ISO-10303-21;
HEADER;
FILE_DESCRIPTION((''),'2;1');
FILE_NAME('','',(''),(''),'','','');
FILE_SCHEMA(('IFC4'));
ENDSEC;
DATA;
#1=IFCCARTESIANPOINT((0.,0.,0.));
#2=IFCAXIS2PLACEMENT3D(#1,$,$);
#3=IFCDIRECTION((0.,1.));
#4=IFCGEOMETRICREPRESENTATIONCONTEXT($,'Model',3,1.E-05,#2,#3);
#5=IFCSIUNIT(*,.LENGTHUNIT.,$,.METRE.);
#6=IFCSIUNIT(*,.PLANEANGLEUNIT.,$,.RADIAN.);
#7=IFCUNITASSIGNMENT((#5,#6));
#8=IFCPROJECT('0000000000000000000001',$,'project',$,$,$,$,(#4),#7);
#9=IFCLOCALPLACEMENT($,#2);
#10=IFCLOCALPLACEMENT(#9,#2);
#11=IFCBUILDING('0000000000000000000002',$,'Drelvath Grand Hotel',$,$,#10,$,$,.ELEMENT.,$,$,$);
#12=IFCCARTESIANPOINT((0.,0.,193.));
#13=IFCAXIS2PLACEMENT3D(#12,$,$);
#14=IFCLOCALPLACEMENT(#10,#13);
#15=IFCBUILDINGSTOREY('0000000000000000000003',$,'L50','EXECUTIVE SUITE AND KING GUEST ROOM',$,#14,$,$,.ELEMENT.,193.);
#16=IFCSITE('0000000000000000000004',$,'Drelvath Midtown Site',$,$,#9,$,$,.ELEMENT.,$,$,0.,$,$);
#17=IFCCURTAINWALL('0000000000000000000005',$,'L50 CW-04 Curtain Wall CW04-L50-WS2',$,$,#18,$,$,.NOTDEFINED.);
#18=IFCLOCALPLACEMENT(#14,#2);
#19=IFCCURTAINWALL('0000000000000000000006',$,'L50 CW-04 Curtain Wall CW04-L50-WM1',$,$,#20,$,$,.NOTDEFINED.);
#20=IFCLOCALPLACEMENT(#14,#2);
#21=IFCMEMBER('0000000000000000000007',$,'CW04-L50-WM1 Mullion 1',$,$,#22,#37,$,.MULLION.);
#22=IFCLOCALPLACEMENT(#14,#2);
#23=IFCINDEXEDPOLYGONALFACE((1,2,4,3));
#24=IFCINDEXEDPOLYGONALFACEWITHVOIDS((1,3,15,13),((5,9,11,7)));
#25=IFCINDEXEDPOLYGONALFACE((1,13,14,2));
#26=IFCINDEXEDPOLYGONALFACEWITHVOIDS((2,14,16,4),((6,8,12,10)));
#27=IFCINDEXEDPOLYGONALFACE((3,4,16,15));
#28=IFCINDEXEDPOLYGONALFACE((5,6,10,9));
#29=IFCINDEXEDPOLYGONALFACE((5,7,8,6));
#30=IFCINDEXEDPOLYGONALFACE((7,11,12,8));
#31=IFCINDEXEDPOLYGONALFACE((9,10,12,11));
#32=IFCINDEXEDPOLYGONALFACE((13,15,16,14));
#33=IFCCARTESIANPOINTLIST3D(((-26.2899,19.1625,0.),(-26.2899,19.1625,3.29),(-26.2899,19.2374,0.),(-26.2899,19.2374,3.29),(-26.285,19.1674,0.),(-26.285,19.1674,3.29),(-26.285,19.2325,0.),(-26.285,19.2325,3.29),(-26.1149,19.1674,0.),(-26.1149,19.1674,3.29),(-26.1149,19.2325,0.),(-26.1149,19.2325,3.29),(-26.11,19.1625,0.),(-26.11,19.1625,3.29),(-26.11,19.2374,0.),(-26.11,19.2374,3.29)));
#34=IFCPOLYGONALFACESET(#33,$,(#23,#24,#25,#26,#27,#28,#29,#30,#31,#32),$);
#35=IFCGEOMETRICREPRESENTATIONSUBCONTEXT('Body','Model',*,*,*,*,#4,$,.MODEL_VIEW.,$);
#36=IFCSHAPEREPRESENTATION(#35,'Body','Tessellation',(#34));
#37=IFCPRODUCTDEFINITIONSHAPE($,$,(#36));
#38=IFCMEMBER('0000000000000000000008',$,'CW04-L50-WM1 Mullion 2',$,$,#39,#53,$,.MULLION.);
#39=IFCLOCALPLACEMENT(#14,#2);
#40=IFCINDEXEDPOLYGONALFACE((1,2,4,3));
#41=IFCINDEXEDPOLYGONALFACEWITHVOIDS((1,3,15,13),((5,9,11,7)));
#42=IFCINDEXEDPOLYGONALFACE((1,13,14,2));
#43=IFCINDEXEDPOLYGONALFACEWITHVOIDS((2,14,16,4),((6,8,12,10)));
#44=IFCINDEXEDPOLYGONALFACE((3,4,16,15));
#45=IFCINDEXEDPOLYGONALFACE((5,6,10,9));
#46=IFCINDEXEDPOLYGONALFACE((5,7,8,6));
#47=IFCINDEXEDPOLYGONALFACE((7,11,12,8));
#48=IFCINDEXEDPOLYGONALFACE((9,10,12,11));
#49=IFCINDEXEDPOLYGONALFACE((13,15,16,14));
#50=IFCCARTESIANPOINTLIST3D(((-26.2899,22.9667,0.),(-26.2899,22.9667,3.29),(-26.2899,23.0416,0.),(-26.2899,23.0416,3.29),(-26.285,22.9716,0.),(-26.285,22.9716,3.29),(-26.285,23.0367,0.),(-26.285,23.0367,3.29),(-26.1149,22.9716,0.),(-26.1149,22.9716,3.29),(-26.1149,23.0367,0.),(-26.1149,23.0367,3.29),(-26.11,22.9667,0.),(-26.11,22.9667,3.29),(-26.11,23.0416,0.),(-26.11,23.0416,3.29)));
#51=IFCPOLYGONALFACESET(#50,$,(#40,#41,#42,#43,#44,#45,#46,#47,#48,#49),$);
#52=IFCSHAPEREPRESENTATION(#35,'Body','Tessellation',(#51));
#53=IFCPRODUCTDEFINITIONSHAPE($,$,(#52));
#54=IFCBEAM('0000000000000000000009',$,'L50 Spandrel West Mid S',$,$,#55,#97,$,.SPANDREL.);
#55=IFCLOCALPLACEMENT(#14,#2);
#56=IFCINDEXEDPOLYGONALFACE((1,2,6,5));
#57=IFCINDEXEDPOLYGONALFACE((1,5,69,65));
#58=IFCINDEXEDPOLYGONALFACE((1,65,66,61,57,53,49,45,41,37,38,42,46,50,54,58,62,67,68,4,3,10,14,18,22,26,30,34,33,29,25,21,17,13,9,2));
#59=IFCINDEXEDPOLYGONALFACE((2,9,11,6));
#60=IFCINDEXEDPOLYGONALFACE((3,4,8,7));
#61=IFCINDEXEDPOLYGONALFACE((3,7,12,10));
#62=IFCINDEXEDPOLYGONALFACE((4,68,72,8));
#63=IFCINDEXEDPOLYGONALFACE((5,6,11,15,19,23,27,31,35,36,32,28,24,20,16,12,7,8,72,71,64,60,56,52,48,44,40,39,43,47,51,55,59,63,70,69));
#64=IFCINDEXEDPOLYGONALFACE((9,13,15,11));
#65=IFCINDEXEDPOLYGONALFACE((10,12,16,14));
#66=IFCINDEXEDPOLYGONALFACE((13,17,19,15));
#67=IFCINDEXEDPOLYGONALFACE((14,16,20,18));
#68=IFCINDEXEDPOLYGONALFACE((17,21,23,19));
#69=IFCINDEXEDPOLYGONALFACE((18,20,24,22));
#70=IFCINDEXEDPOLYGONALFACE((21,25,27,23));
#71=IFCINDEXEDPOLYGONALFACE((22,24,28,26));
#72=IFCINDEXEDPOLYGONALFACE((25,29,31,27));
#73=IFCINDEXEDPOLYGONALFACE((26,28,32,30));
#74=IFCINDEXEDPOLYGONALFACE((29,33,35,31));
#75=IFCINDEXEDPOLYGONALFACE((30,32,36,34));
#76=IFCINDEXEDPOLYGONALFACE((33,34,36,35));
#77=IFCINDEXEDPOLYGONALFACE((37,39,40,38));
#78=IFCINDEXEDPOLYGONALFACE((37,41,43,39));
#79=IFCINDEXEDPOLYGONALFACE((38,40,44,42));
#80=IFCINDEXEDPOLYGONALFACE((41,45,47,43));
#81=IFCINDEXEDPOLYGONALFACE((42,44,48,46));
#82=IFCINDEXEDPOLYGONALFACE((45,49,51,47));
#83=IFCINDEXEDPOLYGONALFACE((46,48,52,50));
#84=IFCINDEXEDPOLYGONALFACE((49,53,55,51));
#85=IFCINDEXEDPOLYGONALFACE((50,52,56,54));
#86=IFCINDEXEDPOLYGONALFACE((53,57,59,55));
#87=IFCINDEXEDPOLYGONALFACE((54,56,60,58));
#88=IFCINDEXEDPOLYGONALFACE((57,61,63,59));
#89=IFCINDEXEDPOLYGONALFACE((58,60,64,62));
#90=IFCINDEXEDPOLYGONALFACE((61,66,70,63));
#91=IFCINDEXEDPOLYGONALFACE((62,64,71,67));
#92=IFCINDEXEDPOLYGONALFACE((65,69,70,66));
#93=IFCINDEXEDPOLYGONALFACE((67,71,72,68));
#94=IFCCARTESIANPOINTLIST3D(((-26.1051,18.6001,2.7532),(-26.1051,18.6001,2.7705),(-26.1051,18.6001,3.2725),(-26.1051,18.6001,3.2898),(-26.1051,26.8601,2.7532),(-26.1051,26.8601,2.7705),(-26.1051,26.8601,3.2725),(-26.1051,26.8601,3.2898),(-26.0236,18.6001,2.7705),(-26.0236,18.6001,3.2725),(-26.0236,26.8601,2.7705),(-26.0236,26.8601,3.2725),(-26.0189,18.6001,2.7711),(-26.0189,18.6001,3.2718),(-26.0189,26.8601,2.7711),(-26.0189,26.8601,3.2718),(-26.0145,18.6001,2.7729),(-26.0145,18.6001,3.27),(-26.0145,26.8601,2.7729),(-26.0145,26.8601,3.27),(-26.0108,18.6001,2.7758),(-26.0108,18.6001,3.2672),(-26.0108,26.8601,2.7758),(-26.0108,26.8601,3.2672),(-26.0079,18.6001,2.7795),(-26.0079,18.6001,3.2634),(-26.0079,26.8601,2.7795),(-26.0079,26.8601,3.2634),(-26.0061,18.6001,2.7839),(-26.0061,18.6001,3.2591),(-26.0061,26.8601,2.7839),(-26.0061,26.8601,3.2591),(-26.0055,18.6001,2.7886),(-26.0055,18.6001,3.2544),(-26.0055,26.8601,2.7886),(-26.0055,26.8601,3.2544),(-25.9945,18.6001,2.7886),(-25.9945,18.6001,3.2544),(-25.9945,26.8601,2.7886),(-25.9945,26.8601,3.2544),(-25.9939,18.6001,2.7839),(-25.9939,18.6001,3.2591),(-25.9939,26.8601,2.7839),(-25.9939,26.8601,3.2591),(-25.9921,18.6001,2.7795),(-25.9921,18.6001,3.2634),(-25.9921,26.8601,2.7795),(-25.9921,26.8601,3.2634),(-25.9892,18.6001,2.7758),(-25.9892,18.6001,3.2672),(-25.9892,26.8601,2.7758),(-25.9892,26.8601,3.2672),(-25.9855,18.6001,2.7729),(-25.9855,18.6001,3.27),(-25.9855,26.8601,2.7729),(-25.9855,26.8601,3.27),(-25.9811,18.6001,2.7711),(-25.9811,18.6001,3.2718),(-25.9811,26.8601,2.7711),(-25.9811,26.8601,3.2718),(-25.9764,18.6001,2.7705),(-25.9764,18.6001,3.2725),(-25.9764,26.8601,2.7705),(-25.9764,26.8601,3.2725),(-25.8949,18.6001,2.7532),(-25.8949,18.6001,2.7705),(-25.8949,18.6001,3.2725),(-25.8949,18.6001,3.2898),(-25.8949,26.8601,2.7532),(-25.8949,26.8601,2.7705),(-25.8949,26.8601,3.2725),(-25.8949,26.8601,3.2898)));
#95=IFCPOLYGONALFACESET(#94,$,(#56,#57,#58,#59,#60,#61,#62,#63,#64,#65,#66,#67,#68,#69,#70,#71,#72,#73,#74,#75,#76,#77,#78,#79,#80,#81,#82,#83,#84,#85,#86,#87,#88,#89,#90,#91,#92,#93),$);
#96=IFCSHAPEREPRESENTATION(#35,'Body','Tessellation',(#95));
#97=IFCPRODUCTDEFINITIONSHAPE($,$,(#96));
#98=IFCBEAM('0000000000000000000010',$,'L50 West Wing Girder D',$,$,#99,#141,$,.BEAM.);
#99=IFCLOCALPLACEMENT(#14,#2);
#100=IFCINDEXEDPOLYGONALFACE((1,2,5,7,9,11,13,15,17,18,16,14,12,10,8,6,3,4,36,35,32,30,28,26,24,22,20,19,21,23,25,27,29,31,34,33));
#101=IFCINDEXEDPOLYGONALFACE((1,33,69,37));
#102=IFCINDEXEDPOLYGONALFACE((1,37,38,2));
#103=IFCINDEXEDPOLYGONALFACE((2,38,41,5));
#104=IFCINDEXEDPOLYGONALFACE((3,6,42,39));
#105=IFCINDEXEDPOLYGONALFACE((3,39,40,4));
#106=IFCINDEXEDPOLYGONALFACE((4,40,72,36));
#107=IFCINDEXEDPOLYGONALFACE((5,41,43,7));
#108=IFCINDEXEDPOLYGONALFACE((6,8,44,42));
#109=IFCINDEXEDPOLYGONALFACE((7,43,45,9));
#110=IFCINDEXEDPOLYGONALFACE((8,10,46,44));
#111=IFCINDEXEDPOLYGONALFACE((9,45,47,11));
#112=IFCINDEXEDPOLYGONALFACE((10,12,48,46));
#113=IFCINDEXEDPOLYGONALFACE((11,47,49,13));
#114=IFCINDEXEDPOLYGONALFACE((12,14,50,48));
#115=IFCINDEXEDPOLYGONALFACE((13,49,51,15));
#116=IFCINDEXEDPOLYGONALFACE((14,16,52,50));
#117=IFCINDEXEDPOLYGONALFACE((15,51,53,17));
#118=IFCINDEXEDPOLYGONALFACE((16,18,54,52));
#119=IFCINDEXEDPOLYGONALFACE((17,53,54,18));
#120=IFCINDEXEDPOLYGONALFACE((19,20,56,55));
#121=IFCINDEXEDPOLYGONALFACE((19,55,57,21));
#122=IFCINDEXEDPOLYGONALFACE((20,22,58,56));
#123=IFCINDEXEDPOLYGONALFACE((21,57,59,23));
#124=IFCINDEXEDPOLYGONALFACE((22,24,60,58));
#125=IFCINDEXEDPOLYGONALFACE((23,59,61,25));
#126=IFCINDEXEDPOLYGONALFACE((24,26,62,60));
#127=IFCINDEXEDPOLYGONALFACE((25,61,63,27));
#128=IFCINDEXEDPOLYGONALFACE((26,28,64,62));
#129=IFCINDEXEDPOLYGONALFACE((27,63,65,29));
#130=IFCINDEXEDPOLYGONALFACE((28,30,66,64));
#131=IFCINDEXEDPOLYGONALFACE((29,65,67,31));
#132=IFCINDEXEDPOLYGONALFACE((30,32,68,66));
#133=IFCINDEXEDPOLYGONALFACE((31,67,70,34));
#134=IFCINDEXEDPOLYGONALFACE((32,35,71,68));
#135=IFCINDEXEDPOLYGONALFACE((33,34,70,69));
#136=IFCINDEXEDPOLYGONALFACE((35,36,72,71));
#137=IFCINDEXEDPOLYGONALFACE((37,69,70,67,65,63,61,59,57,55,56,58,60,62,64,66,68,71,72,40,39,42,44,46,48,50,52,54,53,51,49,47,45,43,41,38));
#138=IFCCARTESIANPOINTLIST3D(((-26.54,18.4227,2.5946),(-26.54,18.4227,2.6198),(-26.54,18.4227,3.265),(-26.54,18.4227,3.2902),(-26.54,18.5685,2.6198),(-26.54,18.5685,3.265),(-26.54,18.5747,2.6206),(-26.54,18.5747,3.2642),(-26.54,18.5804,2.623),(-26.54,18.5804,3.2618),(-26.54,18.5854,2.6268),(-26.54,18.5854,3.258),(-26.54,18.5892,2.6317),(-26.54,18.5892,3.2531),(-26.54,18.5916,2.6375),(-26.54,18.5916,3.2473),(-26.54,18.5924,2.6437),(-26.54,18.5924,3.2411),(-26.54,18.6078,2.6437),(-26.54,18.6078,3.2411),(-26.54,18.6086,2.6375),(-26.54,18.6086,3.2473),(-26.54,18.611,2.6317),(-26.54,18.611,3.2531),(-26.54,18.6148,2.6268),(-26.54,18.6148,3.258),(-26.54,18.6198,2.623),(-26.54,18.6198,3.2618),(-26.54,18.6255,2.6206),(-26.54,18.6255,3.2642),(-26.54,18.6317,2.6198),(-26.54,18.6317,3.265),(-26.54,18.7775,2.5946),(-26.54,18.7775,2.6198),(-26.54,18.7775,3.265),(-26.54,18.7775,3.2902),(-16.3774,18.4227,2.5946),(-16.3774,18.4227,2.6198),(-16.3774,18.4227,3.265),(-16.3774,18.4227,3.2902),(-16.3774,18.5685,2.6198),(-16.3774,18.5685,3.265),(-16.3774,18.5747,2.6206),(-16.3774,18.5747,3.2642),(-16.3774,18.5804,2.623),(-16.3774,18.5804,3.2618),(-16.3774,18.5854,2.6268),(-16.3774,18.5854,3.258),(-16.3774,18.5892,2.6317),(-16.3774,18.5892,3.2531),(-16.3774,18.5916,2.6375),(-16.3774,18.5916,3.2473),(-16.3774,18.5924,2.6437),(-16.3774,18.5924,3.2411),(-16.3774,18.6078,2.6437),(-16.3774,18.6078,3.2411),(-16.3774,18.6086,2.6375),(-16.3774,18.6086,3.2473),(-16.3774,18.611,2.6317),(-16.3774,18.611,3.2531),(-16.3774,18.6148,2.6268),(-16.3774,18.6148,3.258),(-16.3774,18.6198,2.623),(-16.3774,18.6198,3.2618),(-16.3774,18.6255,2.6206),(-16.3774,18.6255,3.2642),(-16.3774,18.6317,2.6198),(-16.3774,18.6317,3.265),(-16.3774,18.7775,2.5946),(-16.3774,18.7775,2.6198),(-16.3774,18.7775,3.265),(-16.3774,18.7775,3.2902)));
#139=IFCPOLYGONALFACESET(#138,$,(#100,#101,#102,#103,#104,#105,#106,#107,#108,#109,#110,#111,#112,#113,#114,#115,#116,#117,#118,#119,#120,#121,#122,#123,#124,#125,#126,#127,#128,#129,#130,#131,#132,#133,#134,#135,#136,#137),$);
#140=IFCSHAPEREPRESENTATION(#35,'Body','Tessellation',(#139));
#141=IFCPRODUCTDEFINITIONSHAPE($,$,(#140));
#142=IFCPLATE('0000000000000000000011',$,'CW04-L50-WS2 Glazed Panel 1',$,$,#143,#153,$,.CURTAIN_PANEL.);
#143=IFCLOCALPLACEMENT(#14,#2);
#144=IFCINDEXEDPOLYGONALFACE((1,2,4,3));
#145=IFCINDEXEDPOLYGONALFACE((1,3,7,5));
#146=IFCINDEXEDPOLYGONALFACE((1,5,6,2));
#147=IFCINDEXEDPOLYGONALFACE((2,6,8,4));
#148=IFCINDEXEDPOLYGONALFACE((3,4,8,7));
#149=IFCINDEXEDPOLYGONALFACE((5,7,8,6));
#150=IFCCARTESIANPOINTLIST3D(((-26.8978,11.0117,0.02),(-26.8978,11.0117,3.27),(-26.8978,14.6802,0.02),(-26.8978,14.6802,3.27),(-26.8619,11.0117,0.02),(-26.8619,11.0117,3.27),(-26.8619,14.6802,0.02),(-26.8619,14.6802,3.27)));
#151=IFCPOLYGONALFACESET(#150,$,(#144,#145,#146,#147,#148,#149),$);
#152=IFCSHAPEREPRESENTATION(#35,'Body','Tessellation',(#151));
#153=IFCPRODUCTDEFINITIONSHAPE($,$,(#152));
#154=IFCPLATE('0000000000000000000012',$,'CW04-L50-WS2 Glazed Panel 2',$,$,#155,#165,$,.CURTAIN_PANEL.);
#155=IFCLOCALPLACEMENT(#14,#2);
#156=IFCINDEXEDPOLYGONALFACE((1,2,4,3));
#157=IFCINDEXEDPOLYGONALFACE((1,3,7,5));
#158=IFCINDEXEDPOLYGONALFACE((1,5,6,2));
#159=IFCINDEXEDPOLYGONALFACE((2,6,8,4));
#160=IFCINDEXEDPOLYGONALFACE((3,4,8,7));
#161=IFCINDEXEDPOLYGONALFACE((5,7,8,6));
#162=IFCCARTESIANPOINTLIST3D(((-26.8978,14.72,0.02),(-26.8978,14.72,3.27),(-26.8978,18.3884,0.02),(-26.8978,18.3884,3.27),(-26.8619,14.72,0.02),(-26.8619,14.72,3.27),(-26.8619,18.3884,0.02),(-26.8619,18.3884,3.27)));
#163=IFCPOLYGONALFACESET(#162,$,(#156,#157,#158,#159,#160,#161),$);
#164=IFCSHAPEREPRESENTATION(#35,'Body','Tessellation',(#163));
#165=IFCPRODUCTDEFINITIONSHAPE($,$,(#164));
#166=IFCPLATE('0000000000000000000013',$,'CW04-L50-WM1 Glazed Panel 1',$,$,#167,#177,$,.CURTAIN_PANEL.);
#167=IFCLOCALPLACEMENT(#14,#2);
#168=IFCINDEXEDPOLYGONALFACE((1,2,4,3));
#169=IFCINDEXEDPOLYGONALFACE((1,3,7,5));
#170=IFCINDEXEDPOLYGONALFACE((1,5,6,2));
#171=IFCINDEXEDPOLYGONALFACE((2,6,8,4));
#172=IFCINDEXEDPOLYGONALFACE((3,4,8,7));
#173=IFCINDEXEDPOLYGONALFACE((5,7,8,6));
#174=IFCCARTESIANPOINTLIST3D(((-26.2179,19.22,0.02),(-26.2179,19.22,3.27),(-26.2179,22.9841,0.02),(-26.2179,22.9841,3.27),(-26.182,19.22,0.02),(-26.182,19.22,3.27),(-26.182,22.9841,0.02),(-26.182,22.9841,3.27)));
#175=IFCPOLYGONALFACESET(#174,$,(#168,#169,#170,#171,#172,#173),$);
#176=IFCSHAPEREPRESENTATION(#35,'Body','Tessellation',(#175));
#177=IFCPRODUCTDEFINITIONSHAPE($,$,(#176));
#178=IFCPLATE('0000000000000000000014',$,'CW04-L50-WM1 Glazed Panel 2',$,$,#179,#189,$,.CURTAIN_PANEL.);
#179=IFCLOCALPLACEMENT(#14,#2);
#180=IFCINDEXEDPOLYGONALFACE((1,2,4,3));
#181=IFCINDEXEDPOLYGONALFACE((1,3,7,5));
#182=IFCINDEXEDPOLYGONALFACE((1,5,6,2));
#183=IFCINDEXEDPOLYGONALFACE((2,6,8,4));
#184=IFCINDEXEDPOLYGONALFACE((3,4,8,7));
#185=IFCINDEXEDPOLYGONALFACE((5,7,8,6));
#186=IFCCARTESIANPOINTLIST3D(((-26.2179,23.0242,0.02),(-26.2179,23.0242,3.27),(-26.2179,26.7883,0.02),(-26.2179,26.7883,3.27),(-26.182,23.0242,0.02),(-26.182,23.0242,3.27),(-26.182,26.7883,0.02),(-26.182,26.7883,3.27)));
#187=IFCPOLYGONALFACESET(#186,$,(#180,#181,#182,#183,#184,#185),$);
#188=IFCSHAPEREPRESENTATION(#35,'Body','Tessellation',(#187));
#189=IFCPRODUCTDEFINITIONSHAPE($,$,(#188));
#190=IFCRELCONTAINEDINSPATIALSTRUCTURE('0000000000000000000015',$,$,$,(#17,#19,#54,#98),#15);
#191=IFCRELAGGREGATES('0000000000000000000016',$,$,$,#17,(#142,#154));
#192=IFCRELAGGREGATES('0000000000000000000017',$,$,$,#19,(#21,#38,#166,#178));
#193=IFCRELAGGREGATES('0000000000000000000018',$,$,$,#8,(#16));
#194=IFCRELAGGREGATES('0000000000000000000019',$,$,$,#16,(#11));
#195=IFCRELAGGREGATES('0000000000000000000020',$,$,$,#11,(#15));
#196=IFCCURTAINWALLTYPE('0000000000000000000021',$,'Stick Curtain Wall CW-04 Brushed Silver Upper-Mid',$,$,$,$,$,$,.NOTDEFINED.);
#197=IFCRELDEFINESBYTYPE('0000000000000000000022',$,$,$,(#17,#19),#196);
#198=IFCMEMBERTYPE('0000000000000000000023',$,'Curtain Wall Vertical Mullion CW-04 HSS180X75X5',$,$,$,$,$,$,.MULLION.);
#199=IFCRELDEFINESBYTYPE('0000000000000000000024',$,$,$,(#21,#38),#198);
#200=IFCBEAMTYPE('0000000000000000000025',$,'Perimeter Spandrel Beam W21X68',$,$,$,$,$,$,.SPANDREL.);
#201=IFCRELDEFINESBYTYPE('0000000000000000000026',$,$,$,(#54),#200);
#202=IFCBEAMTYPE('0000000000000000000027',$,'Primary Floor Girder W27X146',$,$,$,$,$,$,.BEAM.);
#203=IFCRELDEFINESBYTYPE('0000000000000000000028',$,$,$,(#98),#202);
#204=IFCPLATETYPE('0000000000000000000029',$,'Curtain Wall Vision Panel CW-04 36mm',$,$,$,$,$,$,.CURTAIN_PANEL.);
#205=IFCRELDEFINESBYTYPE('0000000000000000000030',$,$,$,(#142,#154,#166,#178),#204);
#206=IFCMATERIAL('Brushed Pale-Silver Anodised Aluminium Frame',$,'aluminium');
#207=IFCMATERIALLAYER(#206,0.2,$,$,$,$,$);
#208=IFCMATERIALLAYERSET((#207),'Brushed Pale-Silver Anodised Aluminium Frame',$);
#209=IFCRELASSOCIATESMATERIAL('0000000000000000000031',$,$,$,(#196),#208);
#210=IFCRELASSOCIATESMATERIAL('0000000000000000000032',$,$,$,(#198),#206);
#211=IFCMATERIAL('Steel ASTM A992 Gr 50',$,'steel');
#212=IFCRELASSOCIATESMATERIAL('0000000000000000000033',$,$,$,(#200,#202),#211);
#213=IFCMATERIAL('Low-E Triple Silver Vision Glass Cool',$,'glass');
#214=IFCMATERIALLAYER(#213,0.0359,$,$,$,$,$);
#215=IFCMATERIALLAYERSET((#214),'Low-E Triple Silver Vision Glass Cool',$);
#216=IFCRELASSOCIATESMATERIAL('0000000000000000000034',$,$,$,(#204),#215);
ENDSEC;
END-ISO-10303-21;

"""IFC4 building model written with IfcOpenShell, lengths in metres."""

from ifc_helpers import new_model, si_unit, direction, frame, origin, origin_2d, place, context, subcontext, project, spatial, rectangle, hollow_rectangle, i_section, extrude, material, layer, layer_set, material_profile, profile_set, type_object, element, aggregate, save


model = new_model("IFC4")

# Units and contexts
model_context = context("Model", 3, precision=1e-05, world=origin(), true_north=direction((0.0, 1.0)))
body_context = subcontext(model_context, "Body", "Model", "MODEL_VIEW")
ifc_project = project(units=[si_unit("LENGTHUNIT", "METRE"), si_unit("PLANEANGLEUNIT", "RADIAN")], contexts=[model_context])

# Site, building, storey
site_placement = place(None, origin())
site = spatial("IfcSite", under=ifc_project, at=site_placement, Name="Drelvath Midtown Site", CompositionType="ELEMENT", RefElevation=0.0)
building_placement = place(site_placement, origin())
building = spatial("IfcBuilding", under=site, at=building_placement, Name="Drelvath Grand Hotel", CompositionType="ELEMENT")
storey_placement = place(building_placement, frame((0.0, 0.0, 193.0)))
storey = spatial("IfcBuildingStorey", under=building, at=storey_placement, Name="L50", Description="EXECUTIVE SUITE AND KING GUEST ROOM", CompositionType="ELEMENT", Elevation=193.0)

# Shared definitions
ifc_material_1 = material(Name="Steel ASTM A992 Gr 50", Category="steel")

# Curtain walls
ifc_material_2 = material(Name="Brushed Pale-Silver Anodised Aluminium Frame", Category="aluminium")
ifc_layer_1 = layer(ifc_material_2, 0.2)
ifc_layer_set_1 = layer_set([ifc_layer_1], Name="Brushed Pale-Silver Anodised Aluminium Frame")
curtain_wall_type = type_object("IfcCurtainWallType", Name="Stick Curtain Wall CW-04 Brushed Silver Upper-Mid", PredefinedType="NOTDEFINED", material=ifc_layer_set_1)
curtain_wall_1_placement = place(storey_placement, origin())
curtain_wall_1 = element("IfcCurtainWall", 1, at=curtain_wall_1_placement, inside=storey, type_object=curtain_wall_type, Name="L50 CW-04 Curtain Wall CW04-L50-WS2", PredefinedType="NOTDEFINED")
curtain_wall_2_placement = place(storey_placement, origin())
curtain_wall_2 = element("IfcCurtainWall", 2, at=curtain_wall_2_placement, inside=storey, type_object=curtain_wall_type, Name="L50 CW-04 Curtain Wall CW04-L50-WM1", PredefinedType="NOTDEFINED")

# Members
ifc_material_profile_1 = material_profile(ifc_material_2, hollow_rectangle(XDim=0.075, YDim=0.1799, WallThickness=0.0049, at=origin_2d()), Name="HSS180X75X5")
ifc_profile_set_1 = profile_set([ifc_material_profile_1], Name="Brushed Pale-Silver Anodised Aluminium Frame")
member_type_1 = type_object("IfcMemberType", Name="Curtain Wall Vertical Mullion CW-04 HSS180X75X5", PredefinedType="MULLION", material=ifc_profile_set_1)
member_1_placement = place(storey_placement, frame((-26.2, 19.2, 0.0), z_axis=(0.0, 0.0, 1.0), x_axis=(0.0, 1.0, 0.0)))
member_1 = element("IfcMember", 3, at=member_1_placement, type_object=member_type_1, Name="CW04-L50-WM1 Mullion 1", PredefinedType="MULLION", context=body_context, shape_type="SweptSolid", body=[
    extrude(hollow_rectangle(XDim=0.075, YDim=0.1799, WallThickness=0.0049, at=origin_2d()), origin(), (0.0, 0.0, 1.0), 3.29),
])
member_2_placement = place(storey_placement, frame((-26.2, 23.0042, 0.0), z_axis=(0.0, 0.0, 1.0), x_axis=(0.0, 1.0, 0.0)))
member_2 = element("IfcMember", 4, at=member_2_placement, type_object=member_type_1, Name="CW04-L50-WM1 Mullion 2", PredefinedType="MULLION", context=body_context, shape_type="SweptSolid", body=[
    extrude(hollow_rectangle(XDim=0.075, YDim=0.1799, WallThickness=0.0049, at=origin_2d()), origin(), (0.0, 0.0, 1.0), 3.29),
])

# Beams
ifc_material_profile_2 = material_profile(ifc_material_1, i_section(OverallWidth=0.2102, OverallDepth=0.5366, WebThickness=0.011, FlangeThickness=0.0173, FilletRadius=0.0181, at=origin_2d()), Name="W21X68")
ifc_profile_set_2 = profile_set([ifc_material_profile_2], Name="Steel ASTM A992 Gr 50")
beam_type_1 = type_object("IfcBeamType", Name="Perimeter Spandrel Beam W21X68", PredefinedType="SPANDREL", material=ifc_profile_set_2)
beam_1_placement = place(storey_placement, frame((-26.0, 18.6001, 3.0215), z_axis=(0.0, 1.0, 0.0), x_axis=(-1.0, 0.0, 0.0)))
element("IfcBeam", 5, at=beam_1_placement, inside=storey, type_object=beam_type_1, Name="L50 Spandrel West Mid S", PredefinedType="SPANDREL", context=body_context, shape_type="SweptSolid", body=[
    extrude(i_section(OverallWidth=0.2102, OverallDepth=0.5366, WebThickness=0.011, FlangeThickness=0.0173, FilletRadius=0.0181, at=origin_2d()), origin(), (0.0, 0.0, 1.0), 8.26),
])
ifc_material_profile_3 = material_profile(ifc_material_1, i_section(OverallWidth=0.3547, OverallDepth=0.6956, WebThickness=0.0154, FlangeThickness=0.0251, FilletRadius=0.0239, at=origin_2d()), Name="W27X146")
ifc_profile_set_3 = profile_set([ifc_material_profile_3], Name="Steel ASTM A992 Gr 50")
beam_type_2 = type_object("IfcBeamType", Name="Primary Floor Girder W27X146", PredefinedType="BEAM", material=ifc_profile_set_3)
beam_2_placement = place(storey_placement, frame((-26.54, 18.6001, 2.9424), z_axis=(1.0, 0.0, 0.0), x_axis=(0.0, 1.0, 0.0)))
element("IfcBeam", 6, at=beam_2_placement, inside=storey, type_object=beam_type_2, Name="L50 West Wing Girder D", PredefinedType="BEAM", context=body_context, shape_type="SweptSolid", body=[
    extrude(i_section(OverallWidth=0.3547, OverallDepth=0.6956, WebThickness=0.0154, FlangeThickness=0.0251, FilletRadius=0.0239, at=origin_2d()), origin(), (0.0, 0.0, 1.0), 10.1626),
])

# Plates
ifc_material_3 = material(Name="Low-E Triple Silver Vision Glass Cool", Category="glass")
ifc_layer_2 = layer(ifc_material_3, 0.0359)
ifc_layer_set_2 = layer_set([ifc_layer_2], Name="Low-E Triple Silver Vision Glass Cool")
plate_type = type_object("IfcPlateType", Name="Curtain Wall Vision Panel CW-04 36mm", PredefinedType="CURTAIN_PANEL", material=ifc_layer_set_2)
plate_1_placement = place(storey_placement, frame((-26.8799, 12.8459, 0.02), z_axis=(0.0, 0.0, 1.0), x_axis=(0.0, 1.0, 0.0)))
plate_1 = element("IfcPlate", 7, at=plate_1_placement, type_object=plate_type, Name="CW04-L50-WS2 Glazed Panel 1", PredefinedType="CURTAIN_PANEL", context=body_context, shape_type="SweptSolid", body=[
    extrude(rectangle(XDim=3.6685, YDim=0.0359, at=origin_2d()), origin(), (0.0, 0.0, 1.0), 3.25),
])
plate_2_placement = place(storey_placement, frame((-26.8799, 16.5542, 0.02), z_axis=(0.0, 0.0, 1.0), x_axis=(0.0, 1.0, 0.0)))
plate_2 = element("IfcPlate", 8, at=plate_2_placement, type_object=plate_type, Name="CW04-L50-WS2 Glazed Panel 2", PredefinedType="CURTAIN_PANEL", context=body_context, shape_type="SweptSolid", body=[
    extrude(rectangle(XDim=3.6685, YDim=0.0359, at=origin_2d()), origin(), (0.0, 0.0, 1.0), 3.25),
])
aggregate(curtain_wall_1, [plate_1, plate_2])
plate_3_placement = place(storey_placement, frame((-26.2, 21.1021, 0.02), z_axis=(0.0, 0.0, 1.0), x_axis=(0.0, 1.0, 0.0)))
plate_3 = element("IfcPlate", 9, at=plate_3_placement, type_object=plate_type, Name="CW04-L50-WM1 Glazed Panel 1", PredefinedType="CURTAIN_PANEL", context=body_context, shape_type="SweptSolid", body=[
    extrude(rectangle(XDim=3.7642, YDim=0.0359, at=origin_2d()), origin(), (0.0, 0.0, 1.0), 3.25),
])
plate_4_placement = place(storey_placement, frame((-26.2, 24.9062, 0.02), z_axis=(0.0, 0.0, 1.0), x_axis=(0.0, 1.0, 0.0)))
plate_4 = element("IfcPlate", 10, at=plate_4_placement, type_object=plate_type, Name="CW04-L50-WM1 Glazed Panel 2", PredefinedType="CURTAIN_PANEL", context=body_context, shape_type="SweptSolid", body=[
    extrude(rectangle(XDim=3.7642, YDim=0.0359, at=origin_2d()), origin(), (0.0, 0.0, 1.0), 3.25),
])
aggregate(curtain_wall_2, [member_1, member_2, plate_3, plate_4])

save(model, "model.ifc")
